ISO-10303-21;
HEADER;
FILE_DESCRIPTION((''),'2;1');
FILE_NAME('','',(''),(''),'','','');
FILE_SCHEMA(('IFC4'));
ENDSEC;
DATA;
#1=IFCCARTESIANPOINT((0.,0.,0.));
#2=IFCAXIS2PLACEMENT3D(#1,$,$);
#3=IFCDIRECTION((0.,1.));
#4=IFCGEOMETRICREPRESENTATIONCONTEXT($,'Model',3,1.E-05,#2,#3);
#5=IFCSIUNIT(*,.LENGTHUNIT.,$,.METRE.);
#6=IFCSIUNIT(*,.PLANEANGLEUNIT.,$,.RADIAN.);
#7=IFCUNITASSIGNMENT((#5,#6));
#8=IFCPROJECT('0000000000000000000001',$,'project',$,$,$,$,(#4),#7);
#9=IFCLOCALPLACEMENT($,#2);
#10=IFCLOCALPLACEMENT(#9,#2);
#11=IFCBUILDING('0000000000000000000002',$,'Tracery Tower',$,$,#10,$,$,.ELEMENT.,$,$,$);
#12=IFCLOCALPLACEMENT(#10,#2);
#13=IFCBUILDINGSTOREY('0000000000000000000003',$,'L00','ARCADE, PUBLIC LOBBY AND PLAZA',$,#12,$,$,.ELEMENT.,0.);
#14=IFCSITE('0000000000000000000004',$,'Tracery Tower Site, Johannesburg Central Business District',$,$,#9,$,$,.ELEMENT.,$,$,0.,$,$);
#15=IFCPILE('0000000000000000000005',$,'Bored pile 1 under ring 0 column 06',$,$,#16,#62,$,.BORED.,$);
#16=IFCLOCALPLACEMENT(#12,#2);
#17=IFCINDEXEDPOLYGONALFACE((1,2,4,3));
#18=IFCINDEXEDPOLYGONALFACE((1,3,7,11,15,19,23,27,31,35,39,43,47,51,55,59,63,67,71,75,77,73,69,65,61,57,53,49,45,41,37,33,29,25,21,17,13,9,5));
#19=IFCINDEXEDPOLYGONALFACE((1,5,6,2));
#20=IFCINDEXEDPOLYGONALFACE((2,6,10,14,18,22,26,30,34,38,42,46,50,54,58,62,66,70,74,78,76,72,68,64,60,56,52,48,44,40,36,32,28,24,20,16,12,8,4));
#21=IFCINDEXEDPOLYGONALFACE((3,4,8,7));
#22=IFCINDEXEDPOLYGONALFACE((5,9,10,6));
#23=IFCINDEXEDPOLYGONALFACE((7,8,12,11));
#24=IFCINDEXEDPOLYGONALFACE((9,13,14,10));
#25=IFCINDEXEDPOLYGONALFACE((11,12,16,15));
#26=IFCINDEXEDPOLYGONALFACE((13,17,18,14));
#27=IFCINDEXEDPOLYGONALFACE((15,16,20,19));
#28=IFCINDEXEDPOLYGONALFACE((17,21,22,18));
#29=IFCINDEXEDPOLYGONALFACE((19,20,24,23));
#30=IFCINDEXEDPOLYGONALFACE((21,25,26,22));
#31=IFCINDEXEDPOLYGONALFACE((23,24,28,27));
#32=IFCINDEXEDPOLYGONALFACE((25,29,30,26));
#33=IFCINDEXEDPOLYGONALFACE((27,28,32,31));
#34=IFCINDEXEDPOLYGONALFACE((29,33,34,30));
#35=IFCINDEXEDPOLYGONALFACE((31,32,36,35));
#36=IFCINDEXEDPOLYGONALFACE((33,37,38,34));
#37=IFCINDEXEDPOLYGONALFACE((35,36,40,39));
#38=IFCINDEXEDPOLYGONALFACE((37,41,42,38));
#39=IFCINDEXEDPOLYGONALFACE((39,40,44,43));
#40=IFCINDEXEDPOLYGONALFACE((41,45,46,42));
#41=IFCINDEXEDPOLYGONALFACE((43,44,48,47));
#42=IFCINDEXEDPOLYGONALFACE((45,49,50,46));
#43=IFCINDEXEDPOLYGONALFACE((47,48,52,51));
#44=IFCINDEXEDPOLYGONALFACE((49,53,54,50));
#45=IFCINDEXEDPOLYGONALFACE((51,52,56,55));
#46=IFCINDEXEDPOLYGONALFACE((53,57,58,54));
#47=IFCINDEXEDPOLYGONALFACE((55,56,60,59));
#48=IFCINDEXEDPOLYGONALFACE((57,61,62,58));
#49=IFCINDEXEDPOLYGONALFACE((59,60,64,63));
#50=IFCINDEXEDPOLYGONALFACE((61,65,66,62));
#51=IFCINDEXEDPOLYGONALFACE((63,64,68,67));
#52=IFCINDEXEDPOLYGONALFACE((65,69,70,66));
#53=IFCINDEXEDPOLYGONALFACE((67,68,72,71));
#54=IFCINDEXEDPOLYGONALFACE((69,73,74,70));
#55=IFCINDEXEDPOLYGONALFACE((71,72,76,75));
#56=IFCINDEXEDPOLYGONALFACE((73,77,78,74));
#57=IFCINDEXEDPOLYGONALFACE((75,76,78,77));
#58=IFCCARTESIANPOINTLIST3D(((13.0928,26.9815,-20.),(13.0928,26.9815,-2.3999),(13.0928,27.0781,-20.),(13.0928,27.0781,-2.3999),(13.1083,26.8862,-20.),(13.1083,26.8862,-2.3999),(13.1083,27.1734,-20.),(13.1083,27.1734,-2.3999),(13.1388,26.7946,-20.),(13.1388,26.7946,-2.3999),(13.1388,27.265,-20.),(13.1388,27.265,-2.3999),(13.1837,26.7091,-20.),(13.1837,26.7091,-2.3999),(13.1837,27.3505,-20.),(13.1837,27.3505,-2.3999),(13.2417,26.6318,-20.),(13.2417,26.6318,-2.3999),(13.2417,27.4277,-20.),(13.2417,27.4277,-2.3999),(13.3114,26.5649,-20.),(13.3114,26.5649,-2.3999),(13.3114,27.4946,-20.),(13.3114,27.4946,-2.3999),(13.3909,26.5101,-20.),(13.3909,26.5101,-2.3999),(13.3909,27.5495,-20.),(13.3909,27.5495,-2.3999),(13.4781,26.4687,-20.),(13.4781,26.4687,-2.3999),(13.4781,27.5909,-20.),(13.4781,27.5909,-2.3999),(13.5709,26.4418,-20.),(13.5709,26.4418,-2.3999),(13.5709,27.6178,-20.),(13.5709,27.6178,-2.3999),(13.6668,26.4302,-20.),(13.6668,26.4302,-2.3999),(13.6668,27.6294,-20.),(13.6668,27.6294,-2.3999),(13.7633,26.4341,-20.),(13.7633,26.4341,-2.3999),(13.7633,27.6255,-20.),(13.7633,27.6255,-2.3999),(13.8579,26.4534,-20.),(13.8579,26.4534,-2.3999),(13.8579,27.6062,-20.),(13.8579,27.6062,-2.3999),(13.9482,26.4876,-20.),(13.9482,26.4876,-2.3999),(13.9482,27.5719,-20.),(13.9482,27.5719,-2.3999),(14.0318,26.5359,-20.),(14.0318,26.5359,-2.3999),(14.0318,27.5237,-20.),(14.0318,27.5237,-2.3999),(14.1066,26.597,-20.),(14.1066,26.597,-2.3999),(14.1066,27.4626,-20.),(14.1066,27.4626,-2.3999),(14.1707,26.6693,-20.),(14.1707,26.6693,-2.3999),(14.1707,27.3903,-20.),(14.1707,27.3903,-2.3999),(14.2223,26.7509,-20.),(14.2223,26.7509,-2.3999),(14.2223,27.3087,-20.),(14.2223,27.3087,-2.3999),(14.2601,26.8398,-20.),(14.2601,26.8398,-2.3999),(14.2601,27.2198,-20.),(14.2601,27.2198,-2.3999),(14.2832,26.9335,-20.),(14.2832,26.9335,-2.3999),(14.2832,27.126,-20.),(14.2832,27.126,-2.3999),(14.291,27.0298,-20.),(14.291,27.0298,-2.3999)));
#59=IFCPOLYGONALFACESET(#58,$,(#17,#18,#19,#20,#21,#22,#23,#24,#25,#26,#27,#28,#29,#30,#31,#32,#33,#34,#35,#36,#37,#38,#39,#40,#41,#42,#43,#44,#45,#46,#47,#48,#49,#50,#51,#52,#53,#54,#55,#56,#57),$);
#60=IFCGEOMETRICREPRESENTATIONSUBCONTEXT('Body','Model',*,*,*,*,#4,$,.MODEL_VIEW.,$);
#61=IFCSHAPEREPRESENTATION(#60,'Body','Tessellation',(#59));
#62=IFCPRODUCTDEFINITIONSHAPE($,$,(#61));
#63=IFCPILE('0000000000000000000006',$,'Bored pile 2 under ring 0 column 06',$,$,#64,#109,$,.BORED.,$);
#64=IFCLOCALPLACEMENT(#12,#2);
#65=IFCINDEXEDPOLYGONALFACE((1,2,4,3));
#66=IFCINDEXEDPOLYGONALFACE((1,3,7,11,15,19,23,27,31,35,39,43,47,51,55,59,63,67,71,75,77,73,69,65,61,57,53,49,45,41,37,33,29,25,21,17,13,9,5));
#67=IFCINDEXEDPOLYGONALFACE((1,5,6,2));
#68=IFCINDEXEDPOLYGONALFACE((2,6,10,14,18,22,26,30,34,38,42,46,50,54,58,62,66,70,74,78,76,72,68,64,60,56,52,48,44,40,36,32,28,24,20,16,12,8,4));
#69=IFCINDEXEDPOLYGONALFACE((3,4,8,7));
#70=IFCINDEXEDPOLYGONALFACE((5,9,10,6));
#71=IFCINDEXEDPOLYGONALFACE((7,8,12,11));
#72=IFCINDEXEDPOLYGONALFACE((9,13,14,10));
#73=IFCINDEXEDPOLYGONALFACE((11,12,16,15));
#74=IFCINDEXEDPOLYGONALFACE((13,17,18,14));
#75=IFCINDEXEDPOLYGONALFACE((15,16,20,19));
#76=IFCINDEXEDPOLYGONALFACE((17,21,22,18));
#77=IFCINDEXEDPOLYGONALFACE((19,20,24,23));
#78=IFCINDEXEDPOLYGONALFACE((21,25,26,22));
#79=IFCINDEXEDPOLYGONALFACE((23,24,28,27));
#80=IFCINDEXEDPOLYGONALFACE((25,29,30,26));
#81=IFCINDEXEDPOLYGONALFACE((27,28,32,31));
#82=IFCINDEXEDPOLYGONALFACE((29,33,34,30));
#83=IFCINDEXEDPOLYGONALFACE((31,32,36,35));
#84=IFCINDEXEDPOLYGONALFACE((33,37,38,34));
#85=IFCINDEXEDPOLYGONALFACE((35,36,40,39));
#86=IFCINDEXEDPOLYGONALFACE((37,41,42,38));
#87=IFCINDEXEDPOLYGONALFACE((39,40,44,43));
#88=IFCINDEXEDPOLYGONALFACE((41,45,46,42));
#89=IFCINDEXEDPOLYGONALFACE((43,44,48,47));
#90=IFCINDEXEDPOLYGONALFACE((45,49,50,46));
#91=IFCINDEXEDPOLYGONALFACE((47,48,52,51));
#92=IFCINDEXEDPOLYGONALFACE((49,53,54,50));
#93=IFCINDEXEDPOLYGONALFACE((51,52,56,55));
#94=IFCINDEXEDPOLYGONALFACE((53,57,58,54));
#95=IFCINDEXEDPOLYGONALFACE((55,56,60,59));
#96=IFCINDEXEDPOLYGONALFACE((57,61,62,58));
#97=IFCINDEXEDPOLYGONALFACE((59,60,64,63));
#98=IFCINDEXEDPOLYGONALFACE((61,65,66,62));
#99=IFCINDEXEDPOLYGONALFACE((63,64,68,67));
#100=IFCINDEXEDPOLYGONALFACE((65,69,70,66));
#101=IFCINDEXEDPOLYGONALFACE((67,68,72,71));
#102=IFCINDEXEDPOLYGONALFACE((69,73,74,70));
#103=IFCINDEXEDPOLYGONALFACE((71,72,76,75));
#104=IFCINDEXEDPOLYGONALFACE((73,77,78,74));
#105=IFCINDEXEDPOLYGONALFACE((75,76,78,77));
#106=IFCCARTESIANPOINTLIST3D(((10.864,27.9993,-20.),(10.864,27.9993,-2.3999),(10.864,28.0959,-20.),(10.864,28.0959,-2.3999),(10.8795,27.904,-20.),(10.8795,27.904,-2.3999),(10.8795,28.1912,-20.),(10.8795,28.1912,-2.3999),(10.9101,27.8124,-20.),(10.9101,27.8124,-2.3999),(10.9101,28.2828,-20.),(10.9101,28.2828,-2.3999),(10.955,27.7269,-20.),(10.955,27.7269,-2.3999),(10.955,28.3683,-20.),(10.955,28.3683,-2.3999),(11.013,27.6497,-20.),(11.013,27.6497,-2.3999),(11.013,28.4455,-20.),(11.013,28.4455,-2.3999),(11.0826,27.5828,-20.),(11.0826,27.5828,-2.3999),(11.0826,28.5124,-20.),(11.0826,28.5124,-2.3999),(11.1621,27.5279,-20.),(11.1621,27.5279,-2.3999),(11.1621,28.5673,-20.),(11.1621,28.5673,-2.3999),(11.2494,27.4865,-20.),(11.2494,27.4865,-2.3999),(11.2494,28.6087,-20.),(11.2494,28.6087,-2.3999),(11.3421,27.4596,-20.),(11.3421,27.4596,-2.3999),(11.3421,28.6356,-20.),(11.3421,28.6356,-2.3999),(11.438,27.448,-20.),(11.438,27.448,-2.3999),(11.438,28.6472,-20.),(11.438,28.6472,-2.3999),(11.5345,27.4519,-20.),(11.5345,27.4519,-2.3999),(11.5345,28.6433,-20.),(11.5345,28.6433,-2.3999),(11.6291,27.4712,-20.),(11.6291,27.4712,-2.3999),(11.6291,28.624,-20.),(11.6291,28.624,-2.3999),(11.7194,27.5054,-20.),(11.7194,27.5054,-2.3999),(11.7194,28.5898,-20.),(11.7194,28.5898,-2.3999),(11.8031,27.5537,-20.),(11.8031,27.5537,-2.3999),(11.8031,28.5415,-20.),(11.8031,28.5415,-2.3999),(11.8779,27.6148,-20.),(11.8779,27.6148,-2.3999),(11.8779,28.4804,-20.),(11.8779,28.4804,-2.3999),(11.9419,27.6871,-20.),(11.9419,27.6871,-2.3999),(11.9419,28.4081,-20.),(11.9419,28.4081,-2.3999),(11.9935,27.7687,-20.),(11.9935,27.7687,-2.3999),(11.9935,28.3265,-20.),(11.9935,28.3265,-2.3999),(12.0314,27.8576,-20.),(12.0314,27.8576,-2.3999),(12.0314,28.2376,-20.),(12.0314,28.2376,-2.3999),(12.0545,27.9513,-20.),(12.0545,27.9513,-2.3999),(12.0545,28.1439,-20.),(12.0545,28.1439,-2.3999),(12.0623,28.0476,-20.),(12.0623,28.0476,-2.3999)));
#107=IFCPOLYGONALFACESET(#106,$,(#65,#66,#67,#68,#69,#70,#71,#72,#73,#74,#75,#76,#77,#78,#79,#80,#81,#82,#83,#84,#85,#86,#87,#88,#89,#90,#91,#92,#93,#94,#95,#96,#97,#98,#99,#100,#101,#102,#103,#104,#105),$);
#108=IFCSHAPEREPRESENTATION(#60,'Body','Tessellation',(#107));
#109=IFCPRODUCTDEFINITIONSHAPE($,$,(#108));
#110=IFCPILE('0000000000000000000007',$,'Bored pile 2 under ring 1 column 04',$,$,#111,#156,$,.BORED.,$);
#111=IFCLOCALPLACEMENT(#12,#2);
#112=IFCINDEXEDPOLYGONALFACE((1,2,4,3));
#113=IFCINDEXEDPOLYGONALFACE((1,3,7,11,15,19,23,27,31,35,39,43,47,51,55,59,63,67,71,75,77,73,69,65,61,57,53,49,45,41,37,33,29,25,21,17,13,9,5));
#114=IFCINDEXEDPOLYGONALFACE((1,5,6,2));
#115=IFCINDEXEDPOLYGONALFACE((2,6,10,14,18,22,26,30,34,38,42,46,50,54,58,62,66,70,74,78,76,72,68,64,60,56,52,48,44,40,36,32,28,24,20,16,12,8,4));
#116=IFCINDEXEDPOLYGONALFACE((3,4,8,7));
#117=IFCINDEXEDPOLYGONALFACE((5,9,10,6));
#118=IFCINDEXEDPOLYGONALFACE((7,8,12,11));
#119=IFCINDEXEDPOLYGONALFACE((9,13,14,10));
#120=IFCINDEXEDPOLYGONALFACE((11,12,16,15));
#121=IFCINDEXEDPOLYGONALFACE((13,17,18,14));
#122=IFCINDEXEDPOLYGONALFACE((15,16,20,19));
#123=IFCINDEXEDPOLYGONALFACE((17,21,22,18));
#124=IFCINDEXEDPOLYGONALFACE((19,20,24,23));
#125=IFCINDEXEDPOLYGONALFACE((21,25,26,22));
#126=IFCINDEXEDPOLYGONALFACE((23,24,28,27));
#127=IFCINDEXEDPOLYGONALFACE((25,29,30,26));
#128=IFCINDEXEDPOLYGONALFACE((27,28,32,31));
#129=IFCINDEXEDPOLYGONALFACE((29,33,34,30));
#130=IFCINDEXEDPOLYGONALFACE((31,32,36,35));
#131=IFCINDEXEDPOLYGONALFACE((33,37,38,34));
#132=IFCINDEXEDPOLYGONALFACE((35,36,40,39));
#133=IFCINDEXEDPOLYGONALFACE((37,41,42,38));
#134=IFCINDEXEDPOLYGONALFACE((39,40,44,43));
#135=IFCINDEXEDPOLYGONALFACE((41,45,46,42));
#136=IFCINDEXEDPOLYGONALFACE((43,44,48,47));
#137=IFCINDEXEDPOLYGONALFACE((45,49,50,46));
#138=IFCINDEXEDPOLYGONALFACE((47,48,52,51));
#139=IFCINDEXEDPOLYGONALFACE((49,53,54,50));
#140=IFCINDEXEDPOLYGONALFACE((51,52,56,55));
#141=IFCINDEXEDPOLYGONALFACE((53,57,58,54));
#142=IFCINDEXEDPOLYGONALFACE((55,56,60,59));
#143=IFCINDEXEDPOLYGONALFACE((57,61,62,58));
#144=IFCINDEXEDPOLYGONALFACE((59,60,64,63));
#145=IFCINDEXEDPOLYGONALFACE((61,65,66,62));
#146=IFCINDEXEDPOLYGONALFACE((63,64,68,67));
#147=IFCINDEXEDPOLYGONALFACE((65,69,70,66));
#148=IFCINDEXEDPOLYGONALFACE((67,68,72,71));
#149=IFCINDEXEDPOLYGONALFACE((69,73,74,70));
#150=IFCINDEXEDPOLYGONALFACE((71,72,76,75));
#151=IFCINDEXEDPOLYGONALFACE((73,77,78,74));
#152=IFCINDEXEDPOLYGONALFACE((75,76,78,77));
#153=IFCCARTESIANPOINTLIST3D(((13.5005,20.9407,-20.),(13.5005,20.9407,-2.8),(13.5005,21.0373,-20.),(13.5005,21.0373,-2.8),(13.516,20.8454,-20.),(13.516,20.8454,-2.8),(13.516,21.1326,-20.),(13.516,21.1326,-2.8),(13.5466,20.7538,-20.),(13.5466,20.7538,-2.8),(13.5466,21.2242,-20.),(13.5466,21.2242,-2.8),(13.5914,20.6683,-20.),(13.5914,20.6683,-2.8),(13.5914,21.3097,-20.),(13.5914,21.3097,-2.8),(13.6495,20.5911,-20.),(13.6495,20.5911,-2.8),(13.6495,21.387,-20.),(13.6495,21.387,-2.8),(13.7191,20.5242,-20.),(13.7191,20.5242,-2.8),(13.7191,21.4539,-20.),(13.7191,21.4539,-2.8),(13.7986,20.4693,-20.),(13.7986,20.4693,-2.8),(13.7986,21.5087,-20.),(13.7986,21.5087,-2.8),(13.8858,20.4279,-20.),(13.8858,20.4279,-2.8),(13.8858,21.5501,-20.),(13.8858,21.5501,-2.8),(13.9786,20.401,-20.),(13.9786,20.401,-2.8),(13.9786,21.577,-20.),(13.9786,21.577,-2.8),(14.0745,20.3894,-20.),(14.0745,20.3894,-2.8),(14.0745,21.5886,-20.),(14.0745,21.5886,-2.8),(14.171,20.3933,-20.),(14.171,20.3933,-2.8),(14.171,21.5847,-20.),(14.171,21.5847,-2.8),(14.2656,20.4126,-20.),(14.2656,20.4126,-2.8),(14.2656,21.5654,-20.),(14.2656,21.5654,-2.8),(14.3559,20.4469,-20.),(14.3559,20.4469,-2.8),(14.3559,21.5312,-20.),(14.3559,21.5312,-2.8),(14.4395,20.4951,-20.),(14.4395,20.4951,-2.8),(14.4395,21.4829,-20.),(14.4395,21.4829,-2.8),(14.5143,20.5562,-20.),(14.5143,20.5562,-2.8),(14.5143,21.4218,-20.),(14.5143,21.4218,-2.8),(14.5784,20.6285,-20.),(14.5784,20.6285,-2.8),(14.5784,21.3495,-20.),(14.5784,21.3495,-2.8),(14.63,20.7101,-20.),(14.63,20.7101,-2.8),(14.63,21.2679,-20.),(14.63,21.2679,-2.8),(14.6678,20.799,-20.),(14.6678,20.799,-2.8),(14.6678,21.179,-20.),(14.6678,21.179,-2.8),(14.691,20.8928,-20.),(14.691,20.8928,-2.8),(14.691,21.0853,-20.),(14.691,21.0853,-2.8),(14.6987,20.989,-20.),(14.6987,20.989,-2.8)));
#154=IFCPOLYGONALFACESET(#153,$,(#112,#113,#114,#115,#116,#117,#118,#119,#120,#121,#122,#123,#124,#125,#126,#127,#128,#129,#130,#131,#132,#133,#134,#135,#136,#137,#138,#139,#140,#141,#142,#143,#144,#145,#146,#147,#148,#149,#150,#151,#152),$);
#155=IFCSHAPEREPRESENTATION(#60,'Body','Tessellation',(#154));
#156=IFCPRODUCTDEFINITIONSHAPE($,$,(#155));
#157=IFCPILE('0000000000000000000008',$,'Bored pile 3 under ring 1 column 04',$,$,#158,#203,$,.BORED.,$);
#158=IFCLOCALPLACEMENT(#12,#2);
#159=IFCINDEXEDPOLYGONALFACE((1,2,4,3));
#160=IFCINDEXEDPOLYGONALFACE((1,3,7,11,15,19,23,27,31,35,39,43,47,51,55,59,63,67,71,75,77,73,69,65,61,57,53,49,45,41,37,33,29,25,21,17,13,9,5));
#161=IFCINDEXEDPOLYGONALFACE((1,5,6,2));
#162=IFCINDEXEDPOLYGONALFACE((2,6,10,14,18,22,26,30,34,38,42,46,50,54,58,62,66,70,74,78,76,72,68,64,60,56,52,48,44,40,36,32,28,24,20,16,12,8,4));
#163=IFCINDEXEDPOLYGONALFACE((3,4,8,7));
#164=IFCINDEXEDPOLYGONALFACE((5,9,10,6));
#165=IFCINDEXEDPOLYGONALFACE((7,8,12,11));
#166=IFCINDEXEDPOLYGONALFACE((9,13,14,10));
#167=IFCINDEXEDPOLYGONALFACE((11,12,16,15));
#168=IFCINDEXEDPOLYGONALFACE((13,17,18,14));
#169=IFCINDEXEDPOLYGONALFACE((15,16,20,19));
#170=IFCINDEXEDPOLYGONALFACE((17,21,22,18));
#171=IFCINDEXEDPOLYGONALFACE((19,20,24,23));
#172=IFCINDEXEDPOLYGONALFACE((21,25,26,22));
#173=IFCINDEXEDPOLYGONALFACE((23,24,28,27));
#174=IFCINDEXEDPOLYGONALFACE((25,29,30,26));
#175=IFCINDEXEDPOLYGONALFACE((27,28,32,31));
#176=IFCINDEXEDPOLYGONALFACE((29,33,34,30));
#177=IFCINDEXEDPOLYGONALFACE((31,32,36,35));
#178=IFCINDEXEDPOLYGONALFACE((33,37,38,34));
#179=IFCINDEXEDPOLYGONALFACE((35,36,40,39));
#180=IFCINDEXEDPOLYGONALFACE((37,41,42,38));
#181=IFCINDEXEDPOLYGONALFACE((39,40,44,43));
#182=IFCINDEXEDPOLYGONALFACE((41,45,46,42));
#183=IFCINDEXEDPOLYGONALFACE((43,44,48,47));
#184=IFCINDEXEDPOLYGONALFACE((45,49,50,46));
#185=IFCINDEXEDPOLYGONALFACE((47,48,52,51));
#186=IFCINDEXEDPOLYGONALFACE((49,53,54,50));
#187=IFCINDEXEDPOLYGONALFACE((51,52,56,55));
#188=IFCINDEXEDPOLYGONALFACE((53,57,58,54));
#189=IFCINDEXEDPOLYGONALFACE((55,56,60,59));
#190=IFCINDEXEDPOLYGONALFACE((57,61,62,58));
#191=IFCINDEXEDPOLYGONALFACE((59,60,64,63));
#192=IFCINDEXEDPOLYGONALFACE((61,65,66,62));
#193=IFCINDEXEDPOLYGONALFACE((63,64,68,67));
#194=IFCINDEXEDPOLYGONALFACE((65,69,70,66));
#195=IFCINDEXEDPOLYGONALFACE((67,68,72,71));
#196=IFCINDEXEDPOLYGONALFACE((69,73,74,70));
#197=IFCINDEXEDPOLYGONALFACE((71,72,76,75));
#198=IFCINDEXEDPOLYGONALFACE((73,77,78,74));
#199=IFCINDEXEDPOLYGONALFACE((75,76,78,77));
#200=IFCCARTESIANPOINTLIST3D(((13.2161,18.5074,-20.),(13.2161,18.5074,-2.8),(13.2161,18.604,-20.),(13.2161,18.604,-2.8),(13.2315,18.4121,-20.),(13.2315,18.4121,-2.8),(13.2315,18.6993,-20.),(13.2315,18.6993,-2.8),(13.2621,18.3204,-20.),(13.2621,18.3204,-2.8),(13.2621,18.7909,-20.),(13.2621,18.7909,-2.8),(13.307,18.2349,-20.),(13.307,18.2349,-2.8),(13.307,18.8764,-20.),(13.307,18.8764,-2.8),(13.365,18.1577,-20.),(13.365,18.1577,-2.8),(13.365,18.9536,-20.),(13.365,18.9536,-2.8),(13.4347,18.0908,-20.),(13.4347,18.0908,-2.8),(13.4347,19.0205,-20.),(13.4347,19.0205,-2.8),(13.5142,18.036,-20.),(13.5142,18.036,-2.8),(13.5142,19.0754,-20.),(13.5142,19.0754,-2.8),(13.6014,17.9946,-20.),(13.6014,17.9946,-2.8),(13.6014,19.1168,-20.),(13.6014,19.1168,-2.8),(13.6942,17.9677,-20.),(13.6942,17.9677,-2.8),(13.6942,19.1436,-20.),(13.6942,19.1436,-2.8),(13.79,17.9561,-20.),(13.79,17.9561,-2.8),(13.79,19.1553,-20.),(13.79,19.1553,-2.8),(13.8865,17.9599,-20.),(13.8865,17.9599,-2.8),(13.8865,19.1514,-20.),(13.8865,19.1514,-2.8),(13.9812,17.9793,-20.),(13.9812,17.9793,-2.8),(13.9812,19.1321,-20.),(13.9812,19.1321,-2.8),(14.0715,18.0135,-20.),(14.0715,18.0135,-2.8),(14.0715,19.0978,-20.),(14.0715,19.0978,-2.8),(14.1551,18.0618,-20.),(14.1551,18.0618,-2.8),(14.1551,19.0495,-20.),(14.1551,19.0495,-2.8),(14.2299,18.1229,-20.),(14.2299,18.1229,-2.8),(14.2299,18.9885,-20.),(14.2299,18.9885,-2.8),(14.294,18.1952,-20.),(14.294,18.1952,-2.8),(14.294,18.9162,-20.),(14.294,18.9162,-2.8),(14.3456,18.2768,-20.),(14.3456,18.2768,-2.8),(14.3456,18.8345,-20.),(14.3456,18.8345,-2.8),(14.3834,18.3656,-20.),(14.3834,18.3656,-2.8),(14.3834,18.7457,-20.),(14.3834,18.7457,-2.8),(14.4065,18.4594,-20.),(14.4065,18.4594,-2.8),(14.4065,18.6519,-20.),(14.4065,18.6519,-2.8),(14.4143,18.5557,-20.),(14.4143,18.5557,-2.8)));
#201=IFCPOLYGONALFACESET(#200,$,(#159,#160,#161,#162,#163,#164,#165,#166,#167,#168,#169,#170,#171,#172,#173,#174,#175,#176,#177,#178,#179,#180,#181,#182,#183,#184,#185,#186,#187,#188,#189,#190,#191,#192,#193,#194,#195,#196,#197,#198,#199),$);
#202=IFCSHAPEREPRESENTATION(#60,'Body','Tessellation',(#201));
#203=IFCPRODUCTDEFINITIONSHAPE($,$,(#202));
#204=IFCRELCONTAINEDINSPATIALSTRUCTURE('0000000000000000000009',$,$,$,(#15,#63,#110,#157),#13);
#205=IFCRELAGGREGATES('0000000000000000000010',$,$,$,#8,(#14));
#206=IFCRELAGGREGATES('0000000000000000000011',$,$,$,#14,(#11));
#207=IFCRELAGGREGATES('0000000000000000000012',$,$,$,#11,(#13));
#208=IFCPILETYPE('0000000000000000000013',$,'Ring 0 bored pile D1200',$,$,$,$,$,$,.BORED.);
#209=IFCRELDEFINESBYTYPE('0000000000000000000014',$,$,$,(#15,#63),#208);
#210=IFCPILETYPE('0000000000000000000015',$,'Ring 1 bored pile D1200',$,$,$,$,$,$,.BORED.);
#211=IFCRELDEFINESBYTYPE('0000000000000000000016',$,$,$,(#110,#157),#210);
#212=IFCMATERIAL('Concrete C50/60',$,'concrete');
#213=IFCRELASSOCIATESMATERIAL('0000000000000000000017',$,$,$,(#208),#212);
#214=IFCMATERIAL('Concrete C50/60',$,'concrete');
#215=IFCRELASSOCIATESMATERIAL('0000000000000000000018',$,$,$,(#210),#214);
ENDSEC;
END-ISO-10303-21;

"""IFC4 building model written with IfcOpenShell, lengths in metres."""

from ifc_helpers import new_model, si_unit, direction, frame, origin, origin_2d, place, context, subcontext, project, spatial, circle, extrude, material, material_profile, profile_set, type_object, element, save


model = new_model("IFC4")

# Units and contexts
model_context = context("Model", 3, precision=1e-05, world=origin(), true_north=direction((0.0, 1.0)))
body_context = subcontext(model_context, "Body", "Model", "MODEL_VIEW")
ifc_project = project(units=[si_unit("LENGTHUNIT", "METRE"), si_unit("PLANEANGLEUNIT", "RADIAN")], contexts=[model_context])

# Site, building, storey
site_placement = place(None, origin())
site = spatial("IfcSite", under=ifc_project, at=site_placement, Name="Tracery Tower Site, Johannesburg Central Business District", CompositionType="ELEMENT", RefElevation=0.0)
building_placement = place(site_placement, origin())
building = spatial("IfcBuilding", under=site, at=building_placement, Name="Tracery Tower", CompositionType="ELEMENT")
storey_placement = place(building_placement, origin())
storey = spatial("IfcBuildingStorey", under=building, at=storey_placement, Name="L00", Description="ARCADE, PUBLIC LOBBY AND PLAZA", CompositionType="ELEMENT", Elevation=0.0)

# Piles
ifc_material_1 = material(Name="Concrete C50/60", Category="concrete")
ifc_material_profile_1 = material_profile(ifc_material_1, circle(Radius=0.6001, at=origin_2d()), Name="RC D1200")
ifc_profile_set_1 = profile_set([ifc_material_profile_1], Name="Concrete C50/60")
pile_type_1 = type_object("IfcPileType", Name="Ring 0 bored pile D1200", PredefinedType="BORED", material=ifc_profile_set_1)
for number, where, z_axis, x_axis, name in (
    (1, (13.6909, 27.0298, -2.3999), (0.0, 0.0, -1.0), (1.0, 0.0, 0.0), "Bored pile 1 under ring 0 column 06"),
    (2, (11.4622, 28.0476, -2.3999), (0.0, 0.0, -1.0), (1.0, 0.0, 0.0), "Bored pile 2 under ring 0 column 06"),
):
    element("IfcPile", number, at=place(storey_placement, frame(where, z_axis=z_axis, x_axis=x_axis)), inside=storey, type_object=pile_type_1, Name=name, PredefinedType="BORED", context=body_context, shape_type="SweptSolid", body=[
        extrude(circle(Radius=0.6001, at=origin_2d()), origin(), (0.0, 0.0, 1.0), 17.6001),
    ])
ifc_material_2 = material(Name="Concrete C50/60", Category="concrete")
ifc_material_profile_2 = material_profile(ifc_material_2, circle(Radius=0.6001, at=origin_2d()), Name="RC D1200")
ifc_profile_set_2 = profile_set([ifc_material_profile_2], Name="Concrete C50/60")
pile_type_2 = type_object("IfcPileType", Name="Ring 1 bored pile D1200", PredefinedType="BORED", material=ifc_profile_set_2)
for number, where, z_axis, x_axis, name in (
    (3, (14.0986, 20.989, -2.8), (0.0, 0.0, -1.0), (1.0, 0.0, 0.0), "Bored pile 2 under ring 1 column 04"),
    (4, (13.8142, 18.5557, -2.8), (0.0, 0.0, -1.0), (1.0, 0.0, 0.0), "Bored pile 3 under ring 1 column 04"),
):
    element("IfcPile", number, at=place(storey_placement, frame(where, z_axis=z_axis, x_axis=x_axis)), inside=storey, type_object=pile_type_2, Name=name, PredefinedType="BORED", context=body_context, shape_type="SweptSolid", body=[
        extrude(circle(Radius=0.6001, at=origin_2d()), origin(), (0.0, 0.0, 1.0), 17.2),
    ])

save(model, "model.ifc")
